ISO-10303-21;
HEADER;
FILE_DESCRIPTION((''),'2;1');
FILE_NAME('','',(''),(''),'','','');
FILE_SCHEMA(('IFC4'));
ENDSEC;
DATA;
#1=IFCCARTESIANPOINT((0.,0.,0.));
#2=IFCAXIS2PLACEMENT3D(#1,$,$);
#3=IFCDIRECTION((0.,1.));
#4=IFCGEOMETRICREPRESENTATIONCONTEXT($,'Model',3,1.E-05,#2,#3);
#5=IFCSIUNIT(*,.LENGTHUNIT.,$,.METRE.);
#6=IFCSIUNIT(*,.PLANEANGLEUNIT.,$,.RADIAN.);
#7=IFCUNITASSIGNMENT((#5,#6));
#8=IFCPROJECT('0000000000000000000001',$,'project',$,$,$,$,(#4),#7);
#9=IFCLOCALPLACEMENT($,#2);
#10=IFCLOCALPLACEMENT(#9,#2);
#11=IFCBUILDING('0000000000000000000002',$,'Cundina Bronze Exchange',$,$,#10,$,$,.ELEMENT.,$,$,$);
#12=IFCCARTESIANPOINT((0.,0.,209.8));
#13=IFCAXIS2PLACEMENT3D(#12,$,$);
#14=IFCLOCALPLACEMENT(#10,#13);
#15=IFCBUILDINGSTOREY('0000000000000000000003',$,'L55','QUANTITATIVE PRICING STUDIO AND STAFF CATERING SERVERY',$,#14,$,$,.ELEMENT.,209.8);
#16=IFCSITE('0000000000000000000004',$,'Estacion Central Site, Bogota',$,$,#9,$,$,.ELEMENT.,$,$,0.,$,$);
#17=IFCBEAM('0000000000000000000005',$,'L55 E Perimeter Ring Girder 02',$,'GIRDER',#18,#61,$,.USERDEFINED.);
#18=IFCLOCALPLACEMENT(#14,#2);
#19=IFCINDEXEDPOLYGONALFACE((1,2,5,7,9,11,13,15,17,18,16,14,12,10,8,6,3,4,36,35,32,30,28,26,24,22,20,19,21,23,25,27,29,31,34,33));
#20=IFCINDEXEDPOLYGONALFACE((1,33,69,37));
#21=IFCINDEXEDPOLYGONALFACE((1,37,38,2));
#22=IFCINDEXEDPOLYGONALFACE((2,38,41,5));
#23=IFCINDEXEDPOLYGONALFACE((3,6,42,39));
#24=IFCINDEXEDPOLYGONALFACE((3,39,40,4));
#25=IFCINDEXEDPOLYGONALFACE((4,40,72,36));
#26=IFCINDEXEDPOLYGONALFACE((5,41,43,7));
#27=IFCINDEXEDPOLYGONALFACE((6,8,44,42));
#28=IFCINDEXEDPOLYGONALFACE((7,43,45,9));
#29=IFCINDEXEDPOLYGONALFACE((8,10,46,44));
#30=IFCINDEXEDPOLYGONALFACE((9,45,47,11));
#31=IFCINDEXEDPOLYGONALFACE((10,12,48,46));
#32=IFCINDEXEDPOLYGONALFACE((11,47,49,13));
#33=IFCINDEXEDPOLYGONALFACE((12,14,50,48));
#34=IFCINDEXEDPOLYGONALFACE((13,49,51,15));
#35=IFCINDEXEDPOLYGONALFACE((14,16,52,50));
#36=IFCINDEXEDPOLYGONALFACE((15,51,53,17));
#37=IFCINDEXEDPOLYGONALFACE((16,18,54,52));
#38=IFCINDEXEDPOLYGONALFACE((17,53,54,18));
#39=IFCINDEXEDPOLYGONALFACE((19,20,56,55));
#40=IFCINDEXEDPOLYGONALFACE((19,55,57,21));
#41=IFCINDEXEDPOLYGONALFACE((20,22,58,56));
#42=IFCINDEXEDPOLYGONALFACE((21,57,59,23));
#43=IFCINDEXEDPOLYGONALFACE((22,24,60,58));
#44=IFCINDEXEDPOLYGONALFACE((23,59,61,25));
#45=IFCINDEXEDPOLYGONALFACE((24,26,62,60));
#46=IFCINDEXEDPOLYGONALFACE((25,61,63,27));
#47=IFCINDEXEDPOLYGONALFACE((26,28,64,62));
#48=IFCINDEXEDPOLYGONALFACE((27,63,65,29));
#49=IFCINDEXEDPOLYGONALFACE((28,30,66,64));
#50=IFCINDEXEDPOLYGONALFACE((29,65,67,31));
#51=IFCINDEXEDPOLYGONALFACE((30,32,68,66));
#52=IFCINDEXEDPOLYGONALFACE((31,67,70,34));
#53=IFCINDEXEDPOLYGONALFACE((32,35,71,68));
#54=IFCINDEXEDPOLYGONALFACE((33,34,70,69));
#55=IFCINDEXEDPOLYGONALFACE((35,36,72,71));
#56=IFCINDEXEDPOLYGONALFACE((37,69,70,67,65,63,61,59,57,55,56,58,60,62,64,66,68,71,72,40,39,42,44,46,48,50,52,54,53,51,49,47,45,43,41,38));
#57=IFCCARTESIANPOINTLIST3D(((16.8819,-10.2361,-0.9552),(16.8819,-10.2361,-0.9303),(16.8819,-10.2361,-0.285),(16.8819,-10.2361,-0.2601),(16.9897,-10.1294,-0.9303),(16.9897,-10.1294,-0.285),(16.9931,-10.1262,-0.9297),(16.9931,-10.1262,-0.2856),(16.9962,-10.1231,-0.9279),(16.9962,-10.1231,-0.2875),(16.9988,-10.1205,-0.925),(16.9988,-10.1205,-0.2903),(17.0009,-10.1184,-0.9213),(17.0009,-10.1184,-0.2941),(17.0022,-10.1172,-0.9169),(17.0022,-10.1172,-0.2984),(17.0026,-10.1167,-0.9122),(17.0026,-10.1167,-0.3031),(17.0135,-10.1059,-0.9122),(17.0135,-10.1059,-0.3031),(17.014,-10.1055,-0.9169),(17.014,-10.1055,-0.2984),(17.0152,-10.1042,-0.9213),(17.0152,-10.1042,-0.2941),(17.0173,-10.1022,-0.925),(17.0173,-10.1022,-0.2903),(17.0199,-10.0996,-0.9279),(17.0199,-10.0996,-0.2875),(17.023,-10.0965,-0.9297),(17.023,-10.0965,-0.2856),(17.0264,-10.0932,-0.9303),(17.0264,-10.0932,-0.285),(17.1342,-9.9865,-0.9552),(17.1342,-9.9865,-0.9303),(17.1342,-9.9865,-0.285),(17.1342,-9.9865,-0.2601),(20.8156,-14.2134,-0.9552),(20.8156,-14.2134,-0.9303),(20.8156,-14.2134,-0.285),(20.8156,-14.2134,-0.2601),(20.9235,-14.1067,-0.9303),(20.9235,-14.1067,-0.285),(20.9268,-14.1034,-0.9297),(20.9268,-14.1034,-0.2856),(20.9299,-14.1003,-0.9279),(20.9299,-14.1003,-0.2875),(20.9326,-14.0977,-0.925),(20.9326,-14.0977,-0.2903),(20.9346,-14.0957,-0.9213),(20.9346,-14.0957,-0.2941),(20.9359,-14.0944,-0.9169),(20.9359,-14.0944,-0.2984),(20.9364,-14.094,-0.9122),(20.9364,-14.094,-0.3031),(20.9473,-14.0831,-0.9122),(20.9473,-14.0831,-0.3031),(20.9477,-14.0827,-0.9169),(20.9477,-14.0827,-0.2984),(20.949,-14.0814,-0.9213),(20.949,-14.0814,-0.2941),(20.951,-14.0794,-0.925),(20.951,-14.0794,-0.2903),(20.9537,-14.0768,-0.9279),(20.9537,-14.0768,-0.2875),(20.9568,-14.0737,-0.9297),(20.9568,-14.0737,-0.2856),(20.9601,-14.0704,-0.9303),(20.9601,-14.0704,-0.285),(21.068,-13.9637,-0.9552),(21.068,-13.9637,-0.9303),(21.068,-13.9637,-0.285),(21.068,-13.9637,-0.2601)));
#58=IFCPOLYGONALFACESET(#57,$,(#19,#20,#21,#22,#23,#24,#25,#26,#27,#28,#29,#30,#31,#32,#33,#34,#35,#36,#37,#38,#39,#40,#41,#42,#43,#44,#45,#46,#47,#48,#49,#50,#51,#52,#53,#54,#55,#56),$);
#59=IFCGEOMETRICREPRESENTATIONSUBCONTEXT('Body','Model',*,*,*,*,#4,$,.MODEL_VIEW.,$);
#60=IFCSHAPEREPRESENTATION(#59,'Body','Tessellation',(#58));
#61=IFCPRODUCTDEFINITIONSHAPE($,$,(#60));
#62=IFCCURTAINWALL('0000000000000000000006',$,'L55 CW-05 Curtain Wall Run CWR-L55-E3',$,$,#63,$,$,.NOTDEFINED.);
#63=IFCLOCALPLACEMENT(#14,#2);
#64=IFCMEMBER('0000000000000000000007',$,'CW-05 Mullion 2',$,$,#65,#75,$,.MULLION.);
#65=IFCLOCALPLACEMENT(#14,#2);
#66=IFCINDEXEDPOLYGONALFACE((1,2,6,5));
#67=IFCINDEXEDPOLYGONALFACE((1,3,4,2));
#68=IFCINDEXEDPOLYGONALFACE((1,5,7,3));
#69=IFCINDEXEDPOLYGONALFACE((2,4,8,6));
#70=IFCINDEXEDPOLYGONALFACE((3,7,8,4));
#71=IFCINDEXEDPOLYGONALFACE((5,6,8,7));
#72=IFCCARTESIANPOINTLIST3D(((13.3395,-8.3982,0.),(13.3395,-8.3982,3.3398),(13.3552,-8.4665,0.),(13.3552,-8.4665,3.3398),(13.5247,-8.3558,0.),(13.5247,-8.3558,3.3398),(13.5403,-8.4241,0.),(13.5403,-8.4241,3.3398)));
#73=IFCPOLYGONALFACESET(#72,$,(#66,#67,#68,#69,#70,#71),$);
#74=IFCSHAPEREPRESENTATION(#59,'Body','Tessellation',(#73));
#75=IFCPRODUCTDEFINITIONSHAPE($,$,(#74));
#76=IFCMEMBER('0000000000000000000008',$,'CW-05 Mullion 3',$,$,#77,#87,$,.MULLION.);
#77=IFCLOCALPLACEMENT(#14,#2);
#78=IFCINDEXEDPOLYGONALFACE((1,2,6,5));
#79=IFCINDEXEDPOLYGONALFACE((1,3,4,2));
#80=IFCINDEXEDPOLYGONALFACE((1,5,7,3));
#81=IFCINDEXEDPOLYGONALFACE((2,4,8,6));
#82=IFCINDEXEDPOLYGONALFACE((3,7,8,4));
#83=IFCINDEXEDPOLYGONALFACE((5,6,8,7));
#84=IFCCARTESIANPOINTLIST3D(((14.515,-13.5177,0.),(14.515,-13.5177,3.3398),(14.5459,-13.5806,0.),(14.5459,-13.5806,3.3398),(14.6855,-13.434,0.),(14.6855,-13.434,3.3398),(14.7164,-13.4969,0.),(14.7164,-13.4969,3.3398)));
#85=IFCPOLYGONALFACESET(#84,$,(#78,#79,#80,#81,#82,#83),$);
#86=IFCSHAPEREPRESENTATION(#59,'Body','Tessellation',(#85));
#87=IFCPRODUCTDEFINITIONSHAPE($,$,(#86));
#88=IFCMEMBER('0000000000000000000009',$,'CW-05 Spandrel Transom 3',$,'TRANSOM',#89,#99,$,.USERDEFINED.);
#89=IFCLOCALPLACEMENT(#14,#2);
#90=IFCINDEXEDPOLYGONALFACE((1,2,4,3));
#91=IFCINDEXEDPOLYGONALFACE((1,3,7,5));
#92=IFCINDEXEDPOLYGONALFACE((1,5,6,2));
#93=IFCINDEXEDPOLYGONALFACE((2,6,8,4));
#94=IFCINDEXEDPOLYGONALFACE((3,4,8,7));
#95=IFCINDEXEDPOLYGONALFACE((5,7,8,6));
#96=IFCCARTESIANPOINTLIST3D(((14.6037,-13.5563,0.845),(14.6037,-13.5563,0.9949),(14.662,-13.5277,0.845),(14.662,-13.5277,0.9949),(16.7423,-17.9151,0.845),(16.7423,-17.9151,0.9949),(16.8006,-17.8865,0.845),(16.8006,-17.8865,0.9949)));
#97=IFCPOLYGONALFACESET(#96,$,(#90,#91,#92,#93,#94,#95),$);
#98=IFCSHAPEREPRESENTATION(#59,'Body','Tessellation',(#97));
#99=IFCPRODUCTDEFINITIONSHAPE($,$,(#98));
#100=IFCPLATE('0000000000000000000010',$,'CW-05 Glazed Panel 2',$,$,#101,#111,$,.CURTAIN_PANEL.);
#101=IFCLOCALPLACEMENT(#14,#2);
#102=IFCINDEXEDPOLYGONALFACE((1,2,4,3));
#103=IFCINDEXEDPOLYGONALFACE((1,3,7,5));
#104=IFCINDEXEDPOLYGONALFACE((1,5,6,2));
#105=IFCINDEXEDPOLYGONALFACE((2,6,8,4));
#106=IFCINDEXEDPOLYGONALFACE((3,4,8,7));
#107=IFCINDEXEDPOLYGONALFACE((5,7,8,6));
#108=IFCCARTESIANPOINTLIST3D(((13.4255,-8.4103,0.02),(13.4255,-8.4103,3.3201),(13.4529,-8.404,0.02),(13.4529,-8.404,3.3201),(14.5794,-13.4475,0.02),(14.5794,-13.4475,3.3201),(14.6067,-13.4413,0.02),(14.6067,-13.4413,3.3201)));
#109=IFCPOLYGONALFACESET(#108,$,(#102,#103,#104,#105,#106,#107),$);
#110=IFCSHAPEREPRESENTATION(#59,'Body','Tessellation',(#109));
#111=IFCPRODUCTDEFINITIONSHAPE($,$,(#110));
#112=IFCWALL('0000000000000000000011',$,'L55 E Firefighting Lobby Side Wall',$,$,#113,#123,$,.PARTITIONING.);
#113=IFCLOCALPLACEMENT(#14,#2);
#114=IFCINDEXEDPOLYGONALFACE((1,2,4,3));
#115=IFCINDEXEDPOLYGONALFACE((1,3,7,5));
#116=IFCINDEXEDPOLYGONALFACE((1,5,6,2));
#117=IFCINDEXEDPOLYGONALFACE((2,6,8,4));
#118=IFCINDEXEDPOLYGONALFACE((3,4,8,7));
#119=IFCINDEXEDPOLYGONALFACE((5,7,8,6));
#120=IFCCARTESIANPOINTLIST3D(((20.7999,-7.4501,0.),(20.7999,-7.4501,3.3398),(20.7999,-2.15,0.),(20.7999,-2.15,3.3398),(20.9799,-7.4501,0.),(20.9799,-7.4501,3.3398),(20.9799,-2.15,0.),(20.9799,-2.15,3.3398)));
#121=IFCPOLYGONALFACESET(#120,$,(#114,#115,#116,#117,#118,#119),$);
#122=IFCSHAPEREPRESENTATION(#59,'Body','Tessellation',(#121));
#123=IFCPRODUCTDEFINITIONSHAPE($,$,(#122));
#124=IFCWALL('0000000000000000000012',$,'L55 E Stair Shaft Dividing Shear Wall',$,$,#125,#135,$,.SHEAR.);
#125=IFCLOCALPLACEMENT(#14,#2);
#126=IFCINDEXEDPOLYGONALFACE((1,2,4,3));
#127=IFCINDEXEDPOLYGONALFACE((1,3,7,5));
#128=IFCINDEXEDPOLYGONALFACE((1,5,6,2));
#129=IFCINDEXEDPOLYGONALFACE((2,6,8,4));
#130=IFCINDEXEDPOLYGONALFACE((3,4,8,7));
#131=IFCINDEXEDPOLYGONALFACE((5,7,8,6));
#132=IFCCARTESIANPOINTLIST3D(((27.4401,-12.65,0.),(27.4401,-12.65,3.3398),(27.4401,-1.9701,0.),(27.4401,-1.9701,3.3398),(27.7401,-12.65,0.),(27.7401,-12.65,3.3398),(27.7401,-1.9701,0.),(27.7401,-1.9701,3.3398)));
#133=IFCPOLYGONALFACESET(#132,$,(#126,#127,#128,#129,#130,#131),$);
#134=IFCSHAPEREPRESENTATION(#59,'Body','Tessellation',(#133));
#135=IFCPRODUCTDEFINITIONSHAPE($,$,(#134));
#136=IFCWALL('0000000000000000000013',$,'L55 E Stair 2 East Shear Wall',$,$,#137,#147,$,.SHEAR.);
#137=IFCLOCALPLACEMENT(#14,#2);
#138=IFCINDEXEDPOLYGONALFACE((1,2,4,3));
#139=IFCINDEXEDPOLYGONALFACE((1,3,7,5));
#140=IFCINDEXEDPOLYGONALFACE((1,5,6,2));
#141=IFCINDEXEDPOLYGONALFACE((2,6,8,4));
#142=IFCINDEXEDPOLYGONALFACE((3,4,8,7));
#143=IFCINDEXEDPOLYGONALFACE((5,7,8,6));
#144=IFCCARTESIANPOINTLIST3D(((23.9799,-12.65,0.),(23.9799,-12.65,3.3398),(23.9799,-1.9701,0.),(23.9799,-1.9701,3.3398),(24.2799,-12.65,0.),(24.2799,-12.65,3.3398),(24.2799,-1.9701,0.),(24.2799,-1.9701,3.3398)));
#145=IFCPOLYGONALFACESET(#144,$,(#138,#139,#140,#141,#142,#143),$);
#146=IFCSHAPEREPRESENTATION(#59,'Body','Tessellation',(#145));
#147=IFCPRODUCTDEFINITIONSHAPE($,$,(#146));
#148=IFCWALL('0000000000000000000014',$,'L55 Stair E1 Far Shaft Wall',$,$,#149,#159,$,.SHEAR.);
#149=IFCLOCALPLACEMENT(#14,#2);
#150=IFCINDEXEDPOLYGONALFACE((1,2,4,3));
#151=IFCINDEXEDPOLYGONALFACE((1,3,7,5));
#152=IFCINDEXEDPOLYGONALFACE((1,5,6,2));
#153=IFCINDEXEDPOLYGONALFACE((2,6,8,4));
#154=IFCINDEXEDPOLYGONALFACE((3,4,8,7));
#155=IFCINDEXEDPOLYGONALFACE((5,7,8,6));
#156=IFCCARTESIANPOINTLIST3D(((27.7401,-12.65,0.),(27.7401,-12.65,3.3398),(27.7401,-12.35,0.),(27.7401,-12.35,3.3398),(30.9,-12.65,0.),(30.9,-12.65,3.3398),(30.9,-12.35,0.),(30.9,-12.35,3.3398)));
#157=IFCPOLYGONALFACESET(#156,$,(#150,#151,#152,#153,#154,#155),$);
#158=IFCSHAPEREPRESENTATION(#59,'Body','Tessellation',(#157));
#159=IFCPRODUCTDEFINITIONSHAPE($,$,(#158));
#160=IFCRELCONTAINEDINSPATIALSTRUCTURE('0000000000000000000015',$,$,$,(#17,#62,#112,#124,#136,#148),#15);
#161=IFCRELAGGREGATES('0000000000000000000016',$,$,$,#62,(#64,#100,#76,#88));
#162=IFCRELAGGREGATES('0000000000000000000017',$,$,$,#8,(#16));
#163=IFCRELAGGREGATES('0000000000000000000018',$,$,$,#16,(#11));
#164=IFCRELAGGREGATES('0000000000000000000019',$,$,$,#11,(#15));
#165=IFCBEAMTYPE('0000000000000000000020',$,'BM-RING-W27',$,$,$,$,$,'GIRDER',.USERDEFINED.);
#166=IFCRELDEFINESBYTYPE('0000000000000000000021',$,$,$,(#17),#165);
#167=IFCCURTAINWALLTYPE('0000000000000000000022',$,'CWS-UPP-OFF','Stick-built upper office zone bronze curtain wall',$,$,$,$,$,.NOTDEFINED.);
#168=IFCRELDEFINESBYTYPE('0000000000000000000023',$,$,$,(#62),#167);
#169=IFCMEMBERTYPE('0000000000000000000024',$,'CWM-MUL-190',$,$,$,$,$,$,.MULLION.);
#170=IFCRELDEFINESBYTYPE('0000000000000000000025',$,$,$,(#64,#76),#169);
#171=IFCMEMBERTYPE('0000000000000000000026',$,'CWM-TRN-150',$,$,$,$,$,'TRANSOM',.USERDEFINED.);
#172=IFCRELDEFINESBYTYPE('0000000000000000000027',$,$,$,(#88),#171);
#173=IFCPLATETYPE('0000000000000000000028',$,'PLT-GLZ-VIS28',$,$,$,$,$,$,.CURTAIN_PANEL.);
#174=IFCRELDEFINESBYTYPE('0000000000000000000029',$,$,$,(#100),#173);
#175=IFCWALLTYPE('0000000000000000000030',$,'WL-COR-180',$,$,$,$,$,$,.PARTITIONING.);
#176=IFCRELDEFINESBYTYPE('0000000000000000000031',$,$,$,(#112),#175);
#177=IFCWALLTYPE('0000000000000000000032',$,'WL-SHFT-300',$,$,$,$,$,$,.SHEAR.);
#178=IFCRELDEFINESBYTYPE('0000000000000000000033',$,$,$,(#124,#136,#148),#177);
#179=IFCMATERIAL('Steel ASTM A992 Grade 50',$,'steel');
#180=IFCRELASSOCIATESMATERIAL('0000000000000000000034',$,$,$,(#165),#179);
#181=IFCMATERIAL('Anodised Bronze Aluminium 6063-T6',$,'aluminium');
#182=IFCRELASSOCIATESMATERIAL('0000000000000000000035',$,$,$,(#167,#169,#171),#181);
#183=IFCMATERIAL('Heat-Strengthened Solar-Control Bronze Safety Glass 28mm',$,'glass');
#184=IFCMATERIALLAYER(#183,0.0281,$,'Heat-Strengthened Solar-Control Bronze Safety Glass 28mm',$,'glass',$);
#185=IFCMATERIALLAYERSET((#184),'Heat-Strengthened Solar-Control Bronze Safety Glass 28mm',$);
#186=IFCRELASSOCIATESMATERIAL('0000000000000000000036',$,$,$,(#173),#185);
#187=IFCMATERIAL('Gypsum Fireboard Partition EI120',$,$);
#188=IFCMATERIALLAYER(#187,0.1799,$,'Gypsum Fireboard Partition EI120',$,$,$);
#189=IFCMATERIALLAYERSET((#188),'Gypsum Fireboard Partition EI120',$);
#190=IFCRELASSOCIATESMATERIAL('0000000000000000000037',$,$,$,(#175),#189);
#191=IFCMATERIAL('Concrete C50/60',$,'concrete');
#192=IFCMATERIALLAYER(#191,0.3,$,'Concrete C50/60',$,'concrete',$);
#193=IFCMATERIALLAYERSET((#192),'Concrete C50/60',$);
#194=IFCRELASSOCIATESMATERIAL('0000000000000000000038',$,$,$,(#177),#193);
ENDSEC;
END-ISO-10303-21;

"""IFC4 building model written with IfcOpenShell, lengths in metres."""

from ifc_helpers import new_model, si_unit, direction, frame, frame_2d, origin, origin_2d, place, context, subcontext, project, spatial, rectangle, i_section, extrude, material, layer, layer_set, material_profile, profile_set, type_object, element, aggregate, save


model = new_model("IFC4")

# Units and contexts
model_context = context("Model", 3, precision=1e-05, world=origin(), true_north=direction((0.0, 1.0)))
body_context = subcontext(model_context, "Body", "Model", "MODEL_VIEW")
ifc_project = project(units=[si_unit("LENGTHUNIT", "METRE"), si_unit("PLANEANGLEUNIT", "RADIAN")], contexts=[model_context])

# Site, building, storey
site_placement = place(None, origin())
site = spatial("IfcSite", under=ifc_project, at=site_placement, Name="Estacion Central Site, Bogota", CompositionType="ELEMENT", RefElevation=0.0)
building_placement = place(site_placement, origin())
building = spatial("IfcBuilding", under=site, at=building_placement, Name="Cundina Bronze Exchange", CompositionType="ELEMENT")
storey_placement = place(building_placement, frame((0.0, 0.0, 209.8)))
storey = spatial("IfcBuildingStorey", under=building, at=storey_placement, Name="L55", Description="QUANTITATIVE PRICING STUDIO AND STAFF CATERING SERVERY", CompositionType="ELEMENT", Elevation=209.8)

# Shared definitions
ifc_material_1 = material(Name="Concrete C50/60", Category="concrete")

# Beam
ifc_material_2 = material(Name="Steel ASTM A992 Grade 50", Category="steel")
ifc_material_profile_1 = material_profile(ifc_material_2, i_section(OverallWidth=0.355, OverallDepth=0.6951, WebThickness=0.0154, FlangeThickness=0.0249, FilletRadius=0.0181, at=origin_2d()), Name="W27X146", Category="steel")
ifc_profile_set_1 = profile_set([ifc_material_profile_1], Name="Steel ASTM A992 Grade 50")
beam_type_1 = type_object("IfcBeamType", Name="BM-RING-W27", ElementType="GIRDER", PredefinedType="USERDEFINED", material=ifc_profile_set_1)
beam_1_placement = place(storey_placement, frame((17.0081, -10.1113, -0.6077), z_axis=(0.703212, -0.71098, 0.0), x_axis=(0.71098, 0.703212, 0.0)))
element("IfcBeam", 1, at=beam_1_placement, inside=storey, type_object=beam_type_1, Name="L55 E Perimeter Ring Girder 02", ObjectType="GIRDER", PredefinedType="USERDEFINED", context=body_context, shape_type="SweptSolid", body=[
    extrude(i_section(OverallWidth=0.355, OverallDepth=0.6951, WebThickness=0.0154, FlangeThickness=0.0249, FilletRadius=0.0181, at=origin_2d()), origin(), (0.0, 0.0, 1.0), 5.594),
])

# Curtain wall, members, plate
ifc_material_3 = material(Name="Anodised Bronze Aluminium 6063-T6", Category="aluminium")
curtain_wall_type = type_object("IfcCurtainWallType", Name="CWS-UPP-OFF", Description="Stick-built upper office zone bronze curtain wall", PredefinedType="NOTDEFINED", material=ifc_material_3)
curtain_wall_placement = place(storey_placement, origin())
curtain_wall = element("IfcCurtainWall", 2, at=curtain_wall_placement, inside=storey, type_object=curtain_wall_type, Name="L55 CW-05 Curtain Wall Run CWR-L55-E3", PredefinedType="NOTDEFINED")
ifc_material_profile_2 = material_profile(ifc_material_3, rectangle(XDim=0.0701, YDim=0.1899, at=origin_2d()), Name="AL70X190", Category="aluminium")
ifc_profile_set_2 = profile_set([ifc_material_profile_2], Name="Anodised Bronze Aluminium 6063-T6")
member_type_1 = type_object("IfcMemberType", Name="CWM-MUL-190", PredefinedType="MULLION", material=ifc_profile_set_2)
member_1_placement = place(storey_placement, frame((13.4399, -8.4111, 0.0), z_axis=(0.0, 0.0, 1.0), x_axis=(0.22325, -0.974761, 0.0)))
member_1 = element("IfcMember", 3, at=member_1_placement, type_object=member_type_1, Name="CW-05 Mullion 2", PredefinedType="MULLION", context=body_context, shape_type="SweptSolid", body=[
    extrude(rectangle(XDim=0.0701, YDim=0.1899, at=origin_2d()), origin(), (0.0, 0.0, 1.0), 3.3398),
])
member_2_placement = place(storey_placement, frame((14.6157, -13.5073, 0.0), z_axis=(0.0, 0.0, 1.0), x_axis=(0.440566, -0.89772, 0.0)))
member_2 = element("IfcMember", 4, at=member_2_placement, type_object=member_type_1, Name="CW-05 Mullion 3", PredefinedType="MULLION", context=body_context, shape_type="SweptSolid", body=[
    extrude(rectangle(XDim=0.0701, YDim=0.1899, at=origin_2d()), origin(), (0.0, 0.0, 1.0), 3.3398),
])
ifc_material_profile_3 = material_profile(ifc_material_3, rectangle(XDim=0.0649, YDim=0.1499, at=origin_2d()), Name="AL65X150", Category="aluminium")
ifc_profile_set_3 = profile_set([ifc_material_profile_3], Name="Anodised Bronze Aluminium 6063-T6")
member_type_2 = type_object("IfcMemberType", Name="CWM-TRN-150", ElementType="TRANSOM", PredefinedType="USERDEFINED", material=ifc_profile_set_3)
member_3_placement = place(storey_placement, frame((14.6328, -13.542, 0.9199), z_axis=(0.440483, -0.897761, 0.0), x_axis=(0.897761, 0.440483, 0.0)))
member_3 = element("IfcMember", 5, at=member_3_placement, type_object=member_type_2, Name="CW-05 Spandrel Transom 3", ObjectType="TRANSOM", PredefinedType="USERDEFINED", context=body_context, shape_type="SweptSolid", body=[
    extrude(rectangle(XDim=0.0649, YDim=0.1499, at=origin_2d()), origin(), (0.0, 0.0, 1.0), 4.8552),
])
ifc_material_4 = material(Name="Heat-Strengthened Solar-Control Bronze Safety Glass 28mm", Category="glass")
ifc_layer_1 = layer(ifc_material_4, 0.0281, Name="Heat-Strengthened Solar-Control Bronze Safety Glass 28mm", Category="glass")
ifc_layer_set_1 = layer_set([ifc_layer_1], Name="Heat-Strengthened Solar-Control Bronze Safety Glass 28mm")
plate_type = type_object("IfcPlateType", Name="PLT-GLZ-VIS28", PredefinedType="CURTAIN_PANEL", material=ifc_layer_set_1)
plate_placement = place(storey_placement, frame((14.0161, -10.9258, 0.02), z_axis=(0.0, 0.0, 1.0), x_axis=(0.223284, -0.974753, 0.0)))
plate = element("IfcPlate", 6, at=plate_placement, type_object=plate_type, Name="CW-05 Glazed Panel 2", PredefinedType="CURTAIN_PANEL", context=body_context, shape_type="SweptSolid", body=[
    extrude(rectangle(XDim=5.1677, YDim=0.0281, at=origin_2d()), origin(), (0.0, 0.0, 1.0), 3.3),
])
aggregate(curtain_wall, [member_1, plate, member_2, member_3])

# Walls
ifc_material_5 = material(Name="Gypsum Fireboard Partition EI120")
ifc_layer_2 = layer(ifc_material_5, 0.1799, Name="Gypsum Fireboard Partition EI120")
ifc_layer_set_2 = layer_set([ifc_layer_2], Name="Gypsum Fireboard Partition EI120")
wall_type_1 = type_object("IfcWallType", Name="WL-COR-180", PredefinedType="PARTITIONING", material=ifc_layer_set_2)
wall_1_placement = place(storey_placement, frame((20.8899, -7.45, 0.0), z_axis=(0.0, 0.0, 1.0), x_axis=(0.0, 1.0, 0.0)))
element("IfcWall", 7, at=wall_1_placement, inside=storey, type_object=wall_type_1, Name="L55 E Firefighting Lobby Side Wall", PredefinedType="PARTITIONING", context=body_context, shape_type="SweptSolid", body=[
    extrude(rectangle(XDim=5.3, YDim=0.1799, at=frame_2d((2.6499, 0.0))), origin(), (0.0, 0.0, 1.0), 3.3398),
])
ifc_layer_3 = layer(ifc_material_1, 0.3, Name="Concrete C50/60", Category="concrete")
ifc_layer_set_3 = layer_set([ifc_layer_3], Name="Concrete C50/60")
wall_type_2 = type_object("IfcWallType", Name="WL-SHFT-300", PredefinedType="SHEAR", material=ifc_layer_set_3)
for number, where, z_axis, x_axis, name in (
    (8, (27.5901, -12.6499, 0.0), (0.0, 0.0, 1.0), (0.0, 1.0, 0.0), "L55 E Stair Shaft Dividing Shear Wall"),
    (9, (24.1299, -12.6499, 0.0), (0.0, 0.0, 1.0), (0.0, 1.0, 0.0), "L55 E Stair 2 East Shear Wall"),
):
    element("IfcWall", number, at=place(storey_placement, frame(where, z_axis=z_axis, x_axis=x_axis)), inside=storey, type_object=wall_type_2, Name=name, PredefinedType="SHEAR", context=body_context, shape_type="SweptSolid", body=[
        extrude(rectangle(XDim=10.6799, YDim=0.3, at=frame_2d((5.3398, 0.0))), origin(), (0.0, 0.0, 1.0), 3.3398),
    ])
wall_2_placement = place(storey_placement, frame((27.74, -12.5, 0.0), z_axis=(0.0, 0.0, 1.0), x_axis=(1.0, 0.0, 0.0)))
element("IfcWall", 10, at=wall_2_placement, inside=storey, type_object=wall_type_2, Name="L55 Stair E1 Far Shaft Wall", PredefinedType="SHEAR", context=body_context, shape_type="SweptSolid", body=[
    extrude(rectangle(XDim=3.1599, YDim=0.3, at=frame_2d((1.5801, 0.0))), origin(), (0.0, 0.0, 1.0), 3.3398),
])

save(model, "model.ifc")
